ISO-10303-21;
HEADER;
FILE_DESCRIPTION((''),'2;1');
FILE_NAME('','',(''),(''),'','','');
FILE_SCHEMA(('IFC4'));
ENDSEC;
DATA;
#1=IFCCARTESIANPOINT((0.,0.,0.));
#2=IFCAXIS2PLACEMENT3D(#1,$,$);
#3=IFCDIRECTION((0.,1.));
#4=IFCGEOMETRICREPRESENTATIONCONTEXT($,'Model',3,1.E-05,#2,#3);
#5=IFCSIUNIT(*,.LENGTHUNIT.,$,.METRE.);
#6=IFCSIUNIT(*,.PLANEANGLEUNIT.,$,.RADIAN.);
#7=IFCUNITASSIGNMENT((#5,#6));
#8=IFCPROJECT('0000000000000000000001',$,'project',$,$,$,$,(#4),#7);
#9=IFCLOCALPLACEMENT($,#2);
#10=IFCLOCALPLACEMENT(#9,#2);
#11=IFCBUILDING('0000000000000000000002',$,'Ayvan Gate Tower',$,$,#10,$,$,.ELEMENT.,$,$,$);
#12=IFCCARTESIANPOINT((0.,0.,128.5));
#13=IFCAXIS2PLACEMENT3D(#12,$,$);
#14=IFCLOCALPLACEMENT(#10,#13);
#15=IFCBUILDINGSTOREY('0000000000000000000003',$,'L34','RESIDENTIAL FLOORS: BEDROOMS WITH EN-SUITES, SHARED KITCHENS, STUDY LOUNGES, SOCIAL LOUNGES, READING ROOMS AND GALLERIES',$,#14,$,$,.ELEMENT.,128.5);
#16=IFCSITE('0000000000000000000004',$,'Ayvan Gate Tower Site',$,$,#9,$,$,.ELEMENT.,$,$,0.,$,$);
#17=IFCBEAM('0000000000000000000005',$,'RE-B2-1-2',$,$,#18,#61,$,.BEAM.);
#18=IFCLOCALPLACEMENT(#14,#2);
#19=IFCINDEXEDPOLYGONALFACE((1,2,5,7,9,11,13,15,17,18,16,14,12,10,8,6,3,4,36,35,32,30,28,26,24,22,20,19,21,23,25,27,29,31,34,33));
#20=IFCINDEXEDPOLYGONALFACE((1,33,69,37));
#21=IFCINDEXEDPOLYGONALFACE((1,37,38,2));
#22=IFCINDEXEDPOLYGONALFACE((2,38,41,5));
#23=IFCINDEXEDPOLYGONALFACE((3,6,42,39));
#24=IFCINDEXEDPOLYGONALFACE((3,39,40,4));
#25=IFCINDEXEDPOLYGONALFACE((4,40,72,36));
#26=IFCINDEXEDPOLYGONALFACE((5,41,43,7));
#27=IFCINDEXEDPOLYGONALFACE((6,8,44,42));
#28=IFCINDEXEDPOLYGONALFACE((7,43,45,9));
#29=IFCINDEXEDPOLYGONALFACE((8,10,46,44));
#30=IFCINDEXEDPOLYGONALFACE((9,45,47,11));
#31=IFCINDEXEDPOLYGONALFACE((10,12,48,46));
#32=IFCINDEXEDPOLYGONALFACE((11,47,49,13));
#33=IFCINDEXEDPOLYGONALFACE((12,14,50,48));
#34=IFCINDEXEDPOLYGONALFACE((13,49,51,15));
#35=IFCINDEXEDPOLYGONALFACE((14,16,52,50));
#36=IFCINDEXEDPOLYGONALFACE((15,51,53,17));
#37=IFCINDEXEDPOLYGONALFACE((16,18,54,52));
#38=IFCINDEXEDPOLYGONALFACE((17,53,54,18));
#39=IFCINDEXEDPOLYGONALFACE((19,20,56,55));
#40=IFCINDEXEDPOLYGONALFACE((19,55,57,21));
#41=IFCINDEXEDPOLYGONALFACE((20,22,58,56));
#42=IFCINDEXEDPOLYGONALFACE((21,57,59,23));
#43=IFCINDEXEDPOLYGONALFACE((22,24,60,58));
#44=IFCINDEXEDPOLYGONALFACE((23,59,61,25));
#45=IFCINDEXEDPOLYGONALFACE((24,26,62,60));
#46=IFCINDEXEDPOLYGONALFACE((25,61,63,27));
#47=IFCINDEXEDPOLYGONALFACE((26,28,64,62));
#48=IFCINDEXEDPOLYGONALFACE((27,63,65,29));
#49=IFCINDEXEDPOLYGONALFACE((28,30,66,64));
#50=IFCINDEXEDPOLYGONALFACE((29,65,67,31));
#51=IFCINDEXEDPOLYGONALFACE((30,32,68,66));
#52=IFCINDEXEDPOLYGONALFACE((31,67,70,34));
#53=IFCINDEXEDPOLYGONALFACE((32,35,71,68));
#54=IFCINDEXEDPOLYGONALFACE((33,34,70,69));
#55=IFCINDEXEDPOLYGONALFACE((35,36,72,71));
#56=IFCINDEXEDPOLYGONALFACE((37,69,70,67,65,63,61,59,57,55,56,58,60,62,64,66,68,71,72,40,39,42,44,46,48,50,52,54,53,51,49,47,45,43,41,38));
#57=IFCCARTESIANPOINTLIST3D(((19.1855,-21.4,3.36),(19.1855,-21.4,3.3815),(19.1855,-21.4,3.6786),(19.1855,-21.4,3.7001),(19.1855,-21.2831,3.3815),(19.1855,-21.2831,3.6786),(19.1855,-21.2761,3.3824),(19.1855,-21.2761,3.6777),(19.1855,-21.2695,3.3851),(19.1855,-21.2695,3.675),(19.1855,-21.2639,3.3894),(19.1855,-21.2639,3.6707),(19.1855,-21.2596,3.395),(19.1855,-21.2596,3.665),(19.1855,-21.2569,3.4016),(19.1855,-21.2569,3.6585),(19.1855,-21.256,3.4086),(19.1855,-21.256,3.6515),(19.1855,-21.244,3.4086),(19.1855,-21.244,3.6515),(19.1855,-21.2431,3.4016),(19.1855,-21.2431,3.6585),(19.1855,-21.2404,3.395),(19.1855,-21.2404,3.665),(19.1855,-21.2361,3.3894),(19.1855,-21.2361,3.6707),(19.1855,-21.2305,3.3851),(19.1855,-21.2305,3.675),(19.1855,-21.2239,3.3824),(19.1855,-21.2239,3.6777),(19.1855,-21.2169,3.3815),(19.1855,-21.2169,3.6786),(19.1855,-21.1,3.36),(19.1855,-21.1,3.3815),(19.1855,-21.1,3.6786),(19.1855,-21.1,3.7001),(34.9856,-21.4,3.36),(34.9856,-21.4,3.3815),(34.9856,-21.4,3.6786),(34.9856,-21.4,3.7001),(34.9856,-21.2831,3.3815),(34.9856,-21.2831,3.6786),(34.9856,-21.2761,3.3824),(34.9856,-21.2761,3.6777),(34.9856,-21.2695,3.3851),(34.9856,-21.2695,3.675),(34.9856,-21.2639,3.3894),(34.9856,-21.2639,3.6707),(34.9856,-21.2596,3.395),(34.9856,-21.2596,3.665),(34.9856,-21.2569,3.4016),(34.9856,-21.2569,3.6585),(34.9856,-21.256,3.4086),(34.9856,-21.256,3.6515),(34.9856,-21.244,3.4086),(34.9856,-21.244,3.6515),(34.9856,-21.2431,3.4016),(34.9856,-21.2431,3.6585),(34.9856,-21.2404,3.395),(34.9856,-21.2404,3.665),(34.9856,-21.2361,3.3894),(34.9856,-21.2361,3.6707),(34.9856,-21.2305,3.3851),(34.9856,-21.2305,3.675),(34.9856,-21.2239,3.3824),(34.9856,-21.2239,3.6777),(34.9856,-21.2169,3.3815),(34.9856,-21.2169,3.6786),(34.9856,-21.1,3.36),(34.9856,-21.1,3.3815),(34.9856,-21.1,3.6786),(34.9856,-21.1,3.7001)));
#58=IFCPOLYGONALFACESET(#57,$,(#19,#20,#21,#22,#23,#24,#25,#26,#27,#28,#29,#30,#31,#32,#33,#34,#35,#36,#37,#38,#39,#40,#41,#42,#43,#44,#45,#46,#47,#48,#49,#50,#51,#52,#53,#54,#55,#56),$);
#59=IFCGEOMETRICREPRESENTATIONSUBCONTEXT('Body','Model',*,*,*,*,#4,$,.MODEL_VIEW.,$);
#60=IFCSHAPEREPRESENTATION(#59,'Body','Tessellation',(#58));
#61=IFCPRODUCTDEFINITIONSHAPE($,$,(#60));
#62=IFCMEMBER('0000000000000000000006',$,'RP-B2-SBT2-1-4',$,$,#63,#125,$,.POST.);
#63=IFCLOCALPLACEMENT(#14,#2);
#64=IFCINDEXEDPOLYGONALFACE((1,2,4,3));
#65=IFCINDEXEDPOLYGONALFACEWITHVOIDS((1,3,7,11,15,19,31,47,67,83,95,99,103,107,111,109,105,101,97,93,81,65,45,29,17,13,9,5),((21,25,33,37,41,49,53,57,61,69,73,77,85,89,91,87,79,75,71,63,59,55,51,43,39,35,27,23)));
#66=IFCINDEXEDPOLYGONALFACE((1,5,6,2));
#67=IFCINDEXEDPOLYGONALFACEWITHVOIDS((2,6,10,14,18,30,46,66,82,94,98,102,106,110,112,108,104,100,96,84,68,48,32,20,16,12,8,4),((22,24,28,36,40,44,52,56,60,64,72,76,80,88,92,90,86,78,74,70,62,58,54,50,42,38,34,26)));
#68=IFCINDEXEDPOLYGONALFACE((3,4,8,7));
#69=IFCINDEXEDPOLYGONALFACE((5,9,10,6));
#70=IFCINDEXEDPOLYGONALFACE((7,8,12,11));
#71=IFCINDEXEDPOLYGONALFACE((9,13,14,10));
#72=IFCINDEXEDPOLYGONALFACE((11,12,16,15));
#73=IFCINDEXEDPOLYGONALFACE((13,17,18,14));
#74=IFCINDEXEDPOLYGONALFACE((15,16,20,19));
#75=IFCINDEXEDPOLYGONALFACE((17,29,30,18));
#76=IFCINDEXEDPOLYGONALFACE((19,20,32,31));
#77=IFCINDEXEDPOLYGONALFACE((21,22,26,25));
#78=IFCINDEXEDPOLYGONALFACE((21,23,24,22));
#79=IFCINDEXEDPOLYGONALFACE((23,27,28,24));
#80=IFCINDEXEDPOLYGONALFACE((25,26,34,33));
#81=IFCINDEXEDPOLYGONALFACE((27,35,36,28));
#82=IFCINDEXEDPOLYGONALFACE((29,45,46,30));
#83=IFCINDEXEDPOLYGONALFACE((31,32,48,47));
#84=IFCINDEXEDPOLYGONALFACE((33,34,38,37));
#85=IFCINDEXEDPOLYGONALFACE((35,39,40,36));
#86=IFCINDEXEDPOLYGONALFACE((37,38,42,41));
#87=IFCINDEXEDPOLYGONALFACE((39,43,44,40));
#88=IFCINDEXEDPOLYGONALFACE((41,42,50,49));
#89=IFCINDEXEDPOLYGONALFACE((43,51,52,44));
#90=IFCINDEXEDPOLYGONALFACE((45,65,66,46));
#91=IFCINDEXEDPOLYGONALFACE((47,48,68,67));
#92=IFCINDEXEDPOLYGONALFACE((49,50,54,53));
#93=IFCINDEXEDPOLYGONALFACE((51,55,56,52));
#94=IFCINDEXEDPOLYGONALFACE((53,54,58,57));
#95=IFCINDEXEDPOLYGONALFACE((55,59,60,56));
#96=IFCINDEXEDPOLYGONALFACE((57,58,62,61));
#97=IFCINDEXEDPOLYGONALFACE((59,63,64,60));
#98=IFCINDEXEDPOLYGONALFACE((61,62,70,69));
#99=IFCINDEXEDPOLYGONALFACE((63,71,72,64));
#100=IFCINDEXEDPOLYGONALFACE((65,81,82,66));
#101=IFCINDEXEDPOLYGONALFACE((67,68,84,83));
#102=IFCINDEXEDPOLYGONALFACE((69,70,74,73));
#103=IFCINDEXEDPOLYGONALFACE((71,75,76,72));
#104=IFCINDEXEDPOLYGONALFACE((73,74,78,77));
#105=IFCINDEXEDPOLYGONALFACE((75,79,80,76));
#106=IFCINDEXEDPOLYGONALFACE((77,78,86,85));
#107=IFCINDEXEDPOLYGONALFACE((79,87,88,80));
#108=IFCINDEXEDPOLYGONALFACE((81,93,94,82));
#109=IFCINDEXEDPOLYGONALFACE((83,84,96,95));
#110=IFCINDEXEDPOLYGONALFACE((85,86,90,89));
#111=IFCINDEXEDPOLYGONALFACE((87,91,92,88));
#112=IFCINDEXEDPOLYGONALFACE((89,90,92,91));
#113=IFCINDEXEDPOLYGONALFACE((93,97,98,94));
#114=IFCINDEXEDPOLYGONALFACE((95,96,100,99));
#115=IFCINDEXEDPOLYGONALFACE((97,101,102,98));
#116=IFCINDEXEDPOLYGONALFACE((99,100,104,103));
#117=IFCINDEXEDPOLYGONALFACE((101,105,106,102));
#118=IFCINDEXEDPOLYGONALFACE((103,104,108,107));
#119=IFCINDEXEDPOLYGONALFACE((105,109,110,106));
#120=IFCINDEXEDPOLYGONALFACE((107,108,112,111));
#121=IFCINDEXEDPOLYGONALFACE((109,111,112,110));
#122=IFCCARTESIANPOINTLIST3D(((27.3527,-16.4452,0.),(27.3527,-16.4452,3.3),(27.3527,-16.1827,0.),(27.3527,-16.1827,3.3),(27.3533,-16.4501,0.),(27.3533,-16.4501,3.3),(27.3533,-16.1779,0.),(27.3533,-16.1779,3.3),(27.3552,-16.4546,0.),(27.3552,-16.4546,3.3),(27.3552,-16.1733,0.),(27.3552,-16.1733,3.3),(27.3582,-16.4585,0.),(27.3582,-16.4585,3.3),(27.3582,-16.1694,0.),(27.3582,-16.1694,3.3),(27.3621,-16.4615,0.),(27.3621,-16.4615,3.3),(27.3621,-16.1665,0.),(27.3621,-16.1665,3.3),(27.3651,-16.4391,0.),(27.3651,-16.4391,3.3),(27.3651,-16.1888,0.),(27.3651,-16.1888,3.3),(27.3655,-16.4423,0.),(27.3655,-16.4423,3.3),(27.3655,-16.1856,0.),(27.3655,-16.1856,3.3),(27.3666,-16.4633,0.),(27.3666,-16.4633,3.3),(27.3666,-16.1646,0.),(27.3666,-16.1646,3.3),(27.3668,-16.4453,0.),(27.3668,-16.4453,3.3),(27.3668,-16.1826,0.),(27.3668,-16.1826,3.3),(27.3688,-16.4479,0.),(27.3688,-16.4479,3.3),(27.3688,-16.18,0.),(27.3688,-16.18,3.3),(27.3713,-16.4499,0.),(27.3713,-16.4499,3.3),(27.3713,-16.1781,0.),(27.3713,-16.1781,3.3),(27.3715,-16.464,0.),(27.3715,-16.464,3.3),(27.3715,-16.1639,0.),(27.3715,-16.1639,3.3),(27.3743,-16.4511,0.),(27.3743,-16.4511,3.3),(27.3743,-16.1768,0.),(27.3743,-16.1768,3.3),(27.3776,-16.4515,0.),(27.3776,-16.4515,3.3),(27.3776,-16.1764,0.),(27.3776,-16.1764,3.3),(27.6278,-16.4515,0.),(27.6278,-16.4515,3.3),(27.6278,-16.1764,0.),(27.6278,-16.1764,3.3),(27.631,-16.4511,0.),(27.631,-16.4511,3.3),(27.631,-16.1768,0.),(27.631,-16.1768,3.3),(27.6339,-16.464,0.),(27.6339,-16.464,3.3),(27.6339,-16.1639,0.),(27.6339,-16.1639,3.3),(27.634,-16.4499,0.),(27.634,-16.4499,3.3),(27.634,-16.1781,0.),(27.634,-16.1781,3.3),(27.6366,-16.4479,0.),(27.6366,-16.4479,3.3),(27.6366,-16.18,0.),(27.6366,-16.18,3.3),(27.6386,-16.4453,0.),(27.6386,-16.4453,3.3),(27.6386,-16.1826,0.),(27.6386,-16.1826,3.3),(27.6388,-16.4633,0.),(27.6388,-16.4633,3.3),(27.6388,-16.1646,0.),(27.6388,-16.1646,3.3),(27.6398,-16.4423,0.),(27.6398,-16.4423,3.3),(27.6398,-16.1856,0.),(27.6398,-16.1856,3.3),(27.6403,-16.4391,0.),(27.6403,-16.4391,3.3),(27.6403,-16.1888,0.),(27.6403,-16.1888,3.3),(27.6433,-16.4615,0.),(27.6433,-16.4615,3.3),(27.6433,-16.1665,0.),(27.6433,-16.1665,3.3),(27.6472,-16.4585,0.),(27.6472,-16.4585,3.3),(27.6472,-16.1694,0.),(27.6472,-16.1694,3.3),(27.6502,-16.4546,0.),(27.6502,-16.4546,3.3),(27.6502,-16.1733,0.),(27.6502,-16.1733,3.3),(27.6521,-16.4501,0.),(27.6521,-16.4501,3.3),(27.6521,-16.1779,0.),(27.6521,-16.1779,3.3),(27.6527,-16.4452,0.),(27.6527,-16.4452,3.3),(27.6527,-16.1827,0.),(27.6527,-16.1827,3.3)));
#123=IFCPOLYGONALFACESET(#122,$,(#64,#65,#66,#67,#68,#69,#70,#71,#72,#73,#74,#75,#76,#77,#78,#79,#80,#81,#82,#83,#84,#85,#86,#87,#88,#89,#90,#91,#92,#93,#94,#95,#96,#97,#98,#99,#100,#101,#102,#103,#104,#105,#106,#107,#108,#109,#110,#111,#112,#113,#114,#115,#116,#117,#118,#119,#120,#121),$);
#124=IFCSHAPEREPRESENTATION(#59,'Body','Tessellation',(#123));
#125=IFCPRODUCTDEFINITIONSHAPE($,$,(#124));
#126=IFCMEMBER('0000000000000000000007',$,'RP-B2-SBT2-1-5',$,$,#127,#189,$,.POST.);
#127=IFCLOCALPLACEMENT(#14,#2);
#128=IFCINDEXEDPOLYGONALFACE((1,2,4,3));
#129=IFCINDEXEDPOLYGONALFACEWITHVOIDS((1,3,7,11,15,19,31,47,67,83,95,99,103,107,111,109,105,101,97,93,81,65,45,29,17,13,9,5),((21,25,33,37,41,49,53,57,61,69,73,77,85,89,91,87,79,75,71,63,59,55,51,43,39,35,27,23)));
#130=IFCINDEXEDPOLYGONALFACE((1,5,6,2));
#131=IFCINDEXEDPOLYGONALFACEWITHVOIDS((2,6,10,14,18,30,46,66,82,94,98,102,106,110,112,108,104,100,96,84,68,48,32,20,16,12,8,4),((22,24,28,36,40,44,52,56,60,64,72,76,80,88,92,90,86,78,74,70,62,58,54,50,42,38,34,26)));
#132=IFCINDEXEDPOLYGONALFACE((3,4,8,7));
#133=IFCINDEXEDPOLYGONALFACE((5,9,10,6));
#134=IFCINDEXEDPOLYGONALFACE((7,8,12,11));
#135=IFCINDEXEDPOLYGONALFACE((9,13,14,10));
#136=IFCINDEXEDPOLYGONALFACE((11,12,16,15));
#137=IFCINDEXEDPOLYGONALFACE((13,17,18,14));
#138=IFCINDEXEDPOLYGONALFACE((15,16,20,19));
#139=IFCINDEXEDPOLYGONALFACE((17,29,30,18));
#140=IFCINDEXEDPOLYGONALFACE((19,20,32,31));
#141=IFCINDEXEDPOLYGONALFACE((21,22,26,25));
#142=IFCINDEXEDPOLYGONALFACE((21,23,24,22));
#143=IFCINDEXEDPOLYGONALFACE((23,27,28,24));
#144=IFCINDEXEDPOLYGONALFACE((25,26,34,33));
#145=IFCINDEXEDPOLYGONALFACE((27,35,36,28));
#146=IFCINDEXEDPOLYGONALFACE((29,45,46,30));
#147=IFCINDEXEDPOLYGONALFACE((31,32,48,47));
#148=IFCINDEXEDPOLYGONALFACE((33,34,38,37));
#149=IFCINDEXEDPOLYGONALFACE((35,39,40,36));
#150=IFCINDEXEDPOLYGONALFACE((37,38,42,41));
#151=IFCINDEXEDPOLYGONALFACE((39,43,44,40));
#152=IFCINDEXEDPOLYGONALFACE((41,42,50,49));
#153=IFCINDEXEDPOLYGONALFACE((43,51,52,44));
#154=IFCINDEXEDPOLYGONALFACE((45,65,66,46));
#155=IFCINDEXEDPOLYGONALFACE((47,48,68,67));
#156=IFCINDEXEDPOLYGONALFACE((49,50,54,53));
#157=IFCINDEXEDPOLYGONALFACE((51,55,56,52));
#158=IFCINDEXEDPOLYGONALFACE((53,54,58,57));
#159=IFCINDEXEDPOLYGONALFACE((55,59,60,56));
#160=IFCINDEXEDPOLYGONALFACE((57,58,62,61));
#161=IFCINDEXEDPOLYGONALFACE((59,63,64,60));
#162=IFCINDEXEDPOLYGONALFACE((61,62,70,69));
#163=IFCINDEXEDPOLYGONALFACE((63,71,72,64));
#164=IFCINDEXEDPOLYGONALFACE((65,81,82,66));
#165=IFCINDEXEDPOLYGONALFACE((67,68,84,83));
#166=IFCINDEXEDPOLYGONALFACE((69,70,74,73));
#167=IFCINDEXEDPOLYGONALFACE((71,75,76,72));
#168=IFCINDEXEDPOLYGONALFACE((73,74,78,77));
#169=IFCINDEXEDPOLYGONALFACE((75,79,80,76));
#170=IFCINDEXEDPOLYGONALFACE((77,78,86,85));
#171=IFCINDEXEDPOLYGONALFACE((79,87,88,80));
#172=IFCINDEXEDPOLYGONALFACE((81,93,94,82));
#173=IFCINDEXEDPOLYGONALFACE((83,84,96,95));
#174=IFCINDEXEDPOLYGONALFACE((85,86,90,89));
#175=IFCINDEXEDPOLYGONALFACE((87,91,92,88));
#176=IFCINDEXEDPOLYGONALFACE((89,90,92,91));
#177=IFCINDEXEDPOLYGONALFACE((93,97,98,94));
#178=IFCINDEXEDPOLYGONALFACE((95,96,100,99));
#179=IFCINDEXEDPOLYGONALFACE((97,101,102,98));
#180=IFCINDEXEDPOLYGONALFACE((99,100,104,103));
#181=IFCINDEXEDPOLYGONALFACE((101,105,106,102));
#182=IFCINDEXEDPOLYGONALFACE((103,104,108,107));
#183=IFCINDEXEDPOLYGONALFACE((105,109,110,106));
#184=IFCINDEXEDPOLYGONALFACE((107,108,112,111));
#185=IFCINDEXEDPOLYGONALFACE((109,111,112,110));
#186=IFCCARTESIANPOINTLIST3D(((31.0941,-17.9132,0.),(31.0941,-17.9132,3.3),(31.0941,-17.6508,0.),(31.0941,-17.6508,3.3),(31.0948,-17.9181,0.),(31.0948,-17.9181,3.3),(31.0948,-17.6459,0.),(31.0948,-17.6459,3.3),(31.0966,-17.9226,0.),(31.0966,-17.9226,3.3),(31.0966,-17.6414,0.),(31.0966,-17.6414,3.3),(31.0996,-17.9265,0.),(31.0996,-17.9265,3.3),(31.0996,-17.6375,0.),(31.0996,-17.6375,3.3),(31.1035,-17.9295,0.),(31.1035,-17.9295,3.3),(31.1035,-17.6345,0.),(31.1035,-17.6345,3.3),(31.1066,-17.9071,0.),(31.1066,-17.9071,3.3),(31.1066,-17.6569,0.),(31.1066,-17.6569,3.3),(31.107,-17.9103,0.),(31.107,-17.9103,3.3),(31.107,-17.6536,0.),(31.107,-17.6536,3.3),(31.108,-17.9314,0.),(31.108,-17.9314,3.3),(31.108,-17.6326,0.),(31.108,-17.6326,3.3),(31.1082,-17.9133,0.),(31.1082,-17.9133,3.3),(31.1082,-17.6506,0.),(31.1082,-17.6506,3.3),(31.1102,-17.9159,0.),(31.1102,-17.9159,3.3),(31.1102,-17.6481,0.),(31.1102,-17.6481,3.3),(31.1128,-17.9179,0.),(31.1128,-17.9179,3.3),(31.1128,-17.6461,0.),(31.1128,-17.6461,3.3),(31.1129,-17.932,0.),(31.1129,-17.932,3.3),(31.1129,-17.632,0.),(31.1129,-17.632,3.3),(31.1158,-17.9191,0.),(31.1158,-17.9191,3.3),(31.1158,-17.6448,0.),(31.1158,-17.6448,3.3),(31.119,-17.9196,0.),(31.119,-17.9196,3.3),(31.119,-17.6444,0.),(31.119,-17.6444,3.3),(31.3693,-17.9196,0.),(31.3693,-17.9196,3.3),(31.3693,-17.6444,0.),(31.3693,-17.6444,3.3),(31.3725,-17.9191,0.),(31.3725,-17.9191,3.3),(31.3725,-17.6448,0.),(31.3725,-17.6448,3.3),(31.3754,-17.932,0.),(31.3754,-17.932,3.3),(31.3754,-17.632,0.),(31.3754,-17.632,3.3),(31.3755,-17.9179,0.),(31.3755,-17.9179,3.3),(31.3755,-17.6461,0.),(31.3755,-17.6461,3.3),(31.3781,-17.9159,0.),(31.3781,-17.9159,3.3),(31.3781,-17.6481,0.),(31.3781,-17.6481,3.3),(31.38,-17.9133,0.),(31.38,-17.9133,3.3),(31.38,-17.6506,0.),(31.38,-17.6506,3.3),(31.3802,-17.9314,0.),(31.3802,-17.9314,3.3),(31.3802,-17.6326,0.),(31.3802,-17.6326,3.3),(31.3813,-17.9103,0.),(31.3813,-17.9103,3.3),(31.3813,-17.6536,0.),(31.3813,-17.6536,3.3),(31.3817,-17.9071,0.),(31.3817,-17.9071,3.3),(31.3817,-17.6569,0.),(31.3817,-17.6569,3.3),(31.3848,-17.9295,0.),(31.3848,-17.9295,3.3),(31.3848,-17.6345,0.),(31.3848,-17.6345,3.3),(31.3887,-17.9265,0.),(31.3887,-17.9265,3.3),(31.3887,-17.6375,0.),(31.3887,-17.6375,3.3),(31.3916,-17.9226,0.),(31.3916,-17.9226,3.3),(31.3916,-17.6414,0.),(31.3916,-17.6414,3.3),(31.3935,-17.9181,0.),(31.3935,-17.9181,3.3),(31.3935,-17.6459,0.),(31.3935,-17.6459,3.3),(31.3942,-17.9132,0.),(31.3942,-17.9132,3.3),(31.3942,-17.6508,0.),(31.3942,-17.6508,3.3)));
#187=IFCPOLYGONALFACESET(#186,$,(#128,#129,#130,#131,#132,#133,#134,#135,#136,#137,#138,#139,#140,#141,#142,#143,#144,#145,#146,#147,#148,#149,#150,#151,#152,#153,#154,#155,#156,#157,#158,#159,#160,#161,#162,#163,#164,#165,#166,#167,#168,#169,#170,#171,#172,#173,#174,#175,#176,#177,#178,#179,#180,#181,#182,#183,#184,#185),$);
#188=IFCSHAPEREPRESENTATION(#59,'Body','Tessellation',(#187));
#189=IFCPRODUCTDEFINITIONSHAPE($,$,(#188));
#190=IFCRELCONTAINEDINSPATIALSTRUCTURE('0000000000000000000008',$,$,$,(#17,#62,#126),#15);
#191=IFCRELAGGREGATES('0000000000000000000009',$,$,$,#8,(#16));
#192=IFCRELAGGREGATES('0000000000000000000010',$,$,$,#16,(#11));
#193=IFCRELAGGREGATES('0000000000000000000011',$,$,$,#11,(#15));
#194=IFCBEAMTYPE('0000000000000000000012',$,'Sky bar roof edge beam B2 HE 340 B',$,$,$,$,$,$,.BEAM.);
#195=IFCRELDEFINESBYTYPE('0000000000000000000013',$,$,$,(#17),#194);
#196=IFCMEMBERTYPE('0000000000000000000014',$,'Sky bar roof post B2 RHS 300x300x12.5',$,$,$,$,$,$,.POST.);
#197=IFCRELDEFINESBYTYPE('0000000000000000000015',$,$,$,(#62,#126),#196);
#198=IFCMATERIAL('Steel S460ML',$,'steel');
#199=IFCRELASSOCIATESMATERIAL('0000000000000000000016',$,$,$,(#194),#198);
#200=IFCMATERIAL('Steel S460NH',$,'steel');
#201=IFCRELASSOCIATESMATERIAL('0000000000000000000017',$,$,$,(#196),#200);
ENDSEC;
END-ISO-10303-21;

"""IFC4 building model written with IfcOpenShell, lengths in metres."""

from ifc_helpers import new_model, si_unit, direction, frame, origin, origin_2d, place, context, subcontext, project, spatial, hollow_rectangle, i_section, extrude, material, material_profile, profile_set, type_object, element, save


model = new_model("IFC4")

# Units and contexts
model_context = context("Model", 3, precision=1e-05, world=origin(), true_north=direction((0.0, 1.0)))
body_context = subcontext(model_context, "Body", "Model", "MODEL_VIEW")
ifc_project = project(units=[si_unit("LENGTHUNIT", "METRE"), si_unit("PLANEANGLEUNIT", "RADIAN")], contexts=[model_context])

# Site, building, storey
site_placement = place(None, origin())
site = spatial("IfcSite", under=ifc_project, at=site_placement, Name="Ayvan Gate Tower Site", CompositionType="ELEMENT", RefElevation=0.0)
building_placement = place(site_placement, origin())
building = spatial("IfcBuilding", under=site, at=building_placement, Name="Ayvan Gate Tower", CompositionType="ELEMENT")
storey_placement = place(building_placement, frame((0.0, 0.0, 128.5)))
storey = spatial("IfcBuildingStorey", under=building, at=storey_placement, Name="L34", Description="RESIDENTIAL FLOORS: BEDROOMS WITH EN-SUITES, SHARED KITCHENS, STUDY LOUNGES, SOCIAL LOUNGES, READING ROOMS AND GALLERIES", CompositionType="ELEMENT", Elevation=128.5)

# Beam
ifc_material_1 = material(Name="Steel S460ML", Category="steel")
ifc_material_profile_1 = material_profile(ifc_material_1, i_section(OverallWidth=0.3, OverallDepth=0.3401, WebThickness=0.012, FlangeThickness=0.0215, FilletRadius=0.0271, at=origin_2d()), Name="HE 340 B")
ifc_profile_set_1 = profile_set([ifc_material_profile_1], Name="Steel S460ML")
beam_type_1 = type_object("IfcBeamType", Name="Sky bar roof edge beam B2 HE 340 B", PredefinedType="BEAM", material=ifc_profile_set_1)
beam_1_placement = place(storey_placement, frame((34.9856, -21.25, 3.53), z_axis=(-1.0, 0.0, 0.0), x_axis=(0.0, -1.0, 0.0)))
element("IfcBeam", 1, at=beam_1_placement, inside=storey, type_object=beam_type_1, Name="RE-B2-1-2", PredefinedType="BEAM", context=body_context, shape_type="SweptSolid", body=[
    extrude(i_section(OverallWidth=0.3, OverallDepth=0.3401, WebThickness=0.012, FlangeThickness=0.0215, FilletRadius=0.0271, at=origin_2d()), origin(), (0.0, 0.0, 1.0), 15.8),
])

# Members
ifc_material_2 = material(Name="Steel S460NH", Category="steel")
ifc_material_profile_2 = material_profile(ifc_material_2, hollow_rectangle(XDim=0.3, YDim=0.3, WallThickness=0.0125, InnerFilletRadius=0.0125, OuterFilletRadius=0.0188, at=origin_2d()), Name="RHS 300x300x12.5")
ifc_profile_set_2 = profile_set([ifc_material_profile_2], Name="Steel S460NH")
member_type_1 = type_object("IfcMemberType", Name="Sky bar roof post B2 RHS 300x300x12.5", PredefinedType="POST", material=ifc_profile_set_2)
for number, where, z_axis, x_axis, name in (
    (2, (27.5027, -16.314, 0.0), (0.0, 0.0, 1.0), (1.0, 0.0, 0.0), "RP-B2-SBT2-1-4"),
    (3, (31.2441, -17.782, 0.0), (0.0, 0.0, 1.0), (1.0, 0.0, 0.0), "RP-B2-SBT2-1-5"),
):
    element("IfcMember", number, at=place(storey_placement, frame(where, z_axis=z_axis, x_axis=x_axis)), inside=storey, type_object=member_type_1, Name=name, PredefinedType="POST", context=body_context, shape_type="SweptSolid", body=[
        extrude(hollow_rectangle(XDim=0.3, YDim=0.3, WallThickness=0.0125, InnerFilletRadius=0.0125, OuterFilletRadius=0.0188, at=origin_2d()), origin(), (0.0, 0.0, 1.0), 3.3),
    ])

save(model, "model.ifc")
